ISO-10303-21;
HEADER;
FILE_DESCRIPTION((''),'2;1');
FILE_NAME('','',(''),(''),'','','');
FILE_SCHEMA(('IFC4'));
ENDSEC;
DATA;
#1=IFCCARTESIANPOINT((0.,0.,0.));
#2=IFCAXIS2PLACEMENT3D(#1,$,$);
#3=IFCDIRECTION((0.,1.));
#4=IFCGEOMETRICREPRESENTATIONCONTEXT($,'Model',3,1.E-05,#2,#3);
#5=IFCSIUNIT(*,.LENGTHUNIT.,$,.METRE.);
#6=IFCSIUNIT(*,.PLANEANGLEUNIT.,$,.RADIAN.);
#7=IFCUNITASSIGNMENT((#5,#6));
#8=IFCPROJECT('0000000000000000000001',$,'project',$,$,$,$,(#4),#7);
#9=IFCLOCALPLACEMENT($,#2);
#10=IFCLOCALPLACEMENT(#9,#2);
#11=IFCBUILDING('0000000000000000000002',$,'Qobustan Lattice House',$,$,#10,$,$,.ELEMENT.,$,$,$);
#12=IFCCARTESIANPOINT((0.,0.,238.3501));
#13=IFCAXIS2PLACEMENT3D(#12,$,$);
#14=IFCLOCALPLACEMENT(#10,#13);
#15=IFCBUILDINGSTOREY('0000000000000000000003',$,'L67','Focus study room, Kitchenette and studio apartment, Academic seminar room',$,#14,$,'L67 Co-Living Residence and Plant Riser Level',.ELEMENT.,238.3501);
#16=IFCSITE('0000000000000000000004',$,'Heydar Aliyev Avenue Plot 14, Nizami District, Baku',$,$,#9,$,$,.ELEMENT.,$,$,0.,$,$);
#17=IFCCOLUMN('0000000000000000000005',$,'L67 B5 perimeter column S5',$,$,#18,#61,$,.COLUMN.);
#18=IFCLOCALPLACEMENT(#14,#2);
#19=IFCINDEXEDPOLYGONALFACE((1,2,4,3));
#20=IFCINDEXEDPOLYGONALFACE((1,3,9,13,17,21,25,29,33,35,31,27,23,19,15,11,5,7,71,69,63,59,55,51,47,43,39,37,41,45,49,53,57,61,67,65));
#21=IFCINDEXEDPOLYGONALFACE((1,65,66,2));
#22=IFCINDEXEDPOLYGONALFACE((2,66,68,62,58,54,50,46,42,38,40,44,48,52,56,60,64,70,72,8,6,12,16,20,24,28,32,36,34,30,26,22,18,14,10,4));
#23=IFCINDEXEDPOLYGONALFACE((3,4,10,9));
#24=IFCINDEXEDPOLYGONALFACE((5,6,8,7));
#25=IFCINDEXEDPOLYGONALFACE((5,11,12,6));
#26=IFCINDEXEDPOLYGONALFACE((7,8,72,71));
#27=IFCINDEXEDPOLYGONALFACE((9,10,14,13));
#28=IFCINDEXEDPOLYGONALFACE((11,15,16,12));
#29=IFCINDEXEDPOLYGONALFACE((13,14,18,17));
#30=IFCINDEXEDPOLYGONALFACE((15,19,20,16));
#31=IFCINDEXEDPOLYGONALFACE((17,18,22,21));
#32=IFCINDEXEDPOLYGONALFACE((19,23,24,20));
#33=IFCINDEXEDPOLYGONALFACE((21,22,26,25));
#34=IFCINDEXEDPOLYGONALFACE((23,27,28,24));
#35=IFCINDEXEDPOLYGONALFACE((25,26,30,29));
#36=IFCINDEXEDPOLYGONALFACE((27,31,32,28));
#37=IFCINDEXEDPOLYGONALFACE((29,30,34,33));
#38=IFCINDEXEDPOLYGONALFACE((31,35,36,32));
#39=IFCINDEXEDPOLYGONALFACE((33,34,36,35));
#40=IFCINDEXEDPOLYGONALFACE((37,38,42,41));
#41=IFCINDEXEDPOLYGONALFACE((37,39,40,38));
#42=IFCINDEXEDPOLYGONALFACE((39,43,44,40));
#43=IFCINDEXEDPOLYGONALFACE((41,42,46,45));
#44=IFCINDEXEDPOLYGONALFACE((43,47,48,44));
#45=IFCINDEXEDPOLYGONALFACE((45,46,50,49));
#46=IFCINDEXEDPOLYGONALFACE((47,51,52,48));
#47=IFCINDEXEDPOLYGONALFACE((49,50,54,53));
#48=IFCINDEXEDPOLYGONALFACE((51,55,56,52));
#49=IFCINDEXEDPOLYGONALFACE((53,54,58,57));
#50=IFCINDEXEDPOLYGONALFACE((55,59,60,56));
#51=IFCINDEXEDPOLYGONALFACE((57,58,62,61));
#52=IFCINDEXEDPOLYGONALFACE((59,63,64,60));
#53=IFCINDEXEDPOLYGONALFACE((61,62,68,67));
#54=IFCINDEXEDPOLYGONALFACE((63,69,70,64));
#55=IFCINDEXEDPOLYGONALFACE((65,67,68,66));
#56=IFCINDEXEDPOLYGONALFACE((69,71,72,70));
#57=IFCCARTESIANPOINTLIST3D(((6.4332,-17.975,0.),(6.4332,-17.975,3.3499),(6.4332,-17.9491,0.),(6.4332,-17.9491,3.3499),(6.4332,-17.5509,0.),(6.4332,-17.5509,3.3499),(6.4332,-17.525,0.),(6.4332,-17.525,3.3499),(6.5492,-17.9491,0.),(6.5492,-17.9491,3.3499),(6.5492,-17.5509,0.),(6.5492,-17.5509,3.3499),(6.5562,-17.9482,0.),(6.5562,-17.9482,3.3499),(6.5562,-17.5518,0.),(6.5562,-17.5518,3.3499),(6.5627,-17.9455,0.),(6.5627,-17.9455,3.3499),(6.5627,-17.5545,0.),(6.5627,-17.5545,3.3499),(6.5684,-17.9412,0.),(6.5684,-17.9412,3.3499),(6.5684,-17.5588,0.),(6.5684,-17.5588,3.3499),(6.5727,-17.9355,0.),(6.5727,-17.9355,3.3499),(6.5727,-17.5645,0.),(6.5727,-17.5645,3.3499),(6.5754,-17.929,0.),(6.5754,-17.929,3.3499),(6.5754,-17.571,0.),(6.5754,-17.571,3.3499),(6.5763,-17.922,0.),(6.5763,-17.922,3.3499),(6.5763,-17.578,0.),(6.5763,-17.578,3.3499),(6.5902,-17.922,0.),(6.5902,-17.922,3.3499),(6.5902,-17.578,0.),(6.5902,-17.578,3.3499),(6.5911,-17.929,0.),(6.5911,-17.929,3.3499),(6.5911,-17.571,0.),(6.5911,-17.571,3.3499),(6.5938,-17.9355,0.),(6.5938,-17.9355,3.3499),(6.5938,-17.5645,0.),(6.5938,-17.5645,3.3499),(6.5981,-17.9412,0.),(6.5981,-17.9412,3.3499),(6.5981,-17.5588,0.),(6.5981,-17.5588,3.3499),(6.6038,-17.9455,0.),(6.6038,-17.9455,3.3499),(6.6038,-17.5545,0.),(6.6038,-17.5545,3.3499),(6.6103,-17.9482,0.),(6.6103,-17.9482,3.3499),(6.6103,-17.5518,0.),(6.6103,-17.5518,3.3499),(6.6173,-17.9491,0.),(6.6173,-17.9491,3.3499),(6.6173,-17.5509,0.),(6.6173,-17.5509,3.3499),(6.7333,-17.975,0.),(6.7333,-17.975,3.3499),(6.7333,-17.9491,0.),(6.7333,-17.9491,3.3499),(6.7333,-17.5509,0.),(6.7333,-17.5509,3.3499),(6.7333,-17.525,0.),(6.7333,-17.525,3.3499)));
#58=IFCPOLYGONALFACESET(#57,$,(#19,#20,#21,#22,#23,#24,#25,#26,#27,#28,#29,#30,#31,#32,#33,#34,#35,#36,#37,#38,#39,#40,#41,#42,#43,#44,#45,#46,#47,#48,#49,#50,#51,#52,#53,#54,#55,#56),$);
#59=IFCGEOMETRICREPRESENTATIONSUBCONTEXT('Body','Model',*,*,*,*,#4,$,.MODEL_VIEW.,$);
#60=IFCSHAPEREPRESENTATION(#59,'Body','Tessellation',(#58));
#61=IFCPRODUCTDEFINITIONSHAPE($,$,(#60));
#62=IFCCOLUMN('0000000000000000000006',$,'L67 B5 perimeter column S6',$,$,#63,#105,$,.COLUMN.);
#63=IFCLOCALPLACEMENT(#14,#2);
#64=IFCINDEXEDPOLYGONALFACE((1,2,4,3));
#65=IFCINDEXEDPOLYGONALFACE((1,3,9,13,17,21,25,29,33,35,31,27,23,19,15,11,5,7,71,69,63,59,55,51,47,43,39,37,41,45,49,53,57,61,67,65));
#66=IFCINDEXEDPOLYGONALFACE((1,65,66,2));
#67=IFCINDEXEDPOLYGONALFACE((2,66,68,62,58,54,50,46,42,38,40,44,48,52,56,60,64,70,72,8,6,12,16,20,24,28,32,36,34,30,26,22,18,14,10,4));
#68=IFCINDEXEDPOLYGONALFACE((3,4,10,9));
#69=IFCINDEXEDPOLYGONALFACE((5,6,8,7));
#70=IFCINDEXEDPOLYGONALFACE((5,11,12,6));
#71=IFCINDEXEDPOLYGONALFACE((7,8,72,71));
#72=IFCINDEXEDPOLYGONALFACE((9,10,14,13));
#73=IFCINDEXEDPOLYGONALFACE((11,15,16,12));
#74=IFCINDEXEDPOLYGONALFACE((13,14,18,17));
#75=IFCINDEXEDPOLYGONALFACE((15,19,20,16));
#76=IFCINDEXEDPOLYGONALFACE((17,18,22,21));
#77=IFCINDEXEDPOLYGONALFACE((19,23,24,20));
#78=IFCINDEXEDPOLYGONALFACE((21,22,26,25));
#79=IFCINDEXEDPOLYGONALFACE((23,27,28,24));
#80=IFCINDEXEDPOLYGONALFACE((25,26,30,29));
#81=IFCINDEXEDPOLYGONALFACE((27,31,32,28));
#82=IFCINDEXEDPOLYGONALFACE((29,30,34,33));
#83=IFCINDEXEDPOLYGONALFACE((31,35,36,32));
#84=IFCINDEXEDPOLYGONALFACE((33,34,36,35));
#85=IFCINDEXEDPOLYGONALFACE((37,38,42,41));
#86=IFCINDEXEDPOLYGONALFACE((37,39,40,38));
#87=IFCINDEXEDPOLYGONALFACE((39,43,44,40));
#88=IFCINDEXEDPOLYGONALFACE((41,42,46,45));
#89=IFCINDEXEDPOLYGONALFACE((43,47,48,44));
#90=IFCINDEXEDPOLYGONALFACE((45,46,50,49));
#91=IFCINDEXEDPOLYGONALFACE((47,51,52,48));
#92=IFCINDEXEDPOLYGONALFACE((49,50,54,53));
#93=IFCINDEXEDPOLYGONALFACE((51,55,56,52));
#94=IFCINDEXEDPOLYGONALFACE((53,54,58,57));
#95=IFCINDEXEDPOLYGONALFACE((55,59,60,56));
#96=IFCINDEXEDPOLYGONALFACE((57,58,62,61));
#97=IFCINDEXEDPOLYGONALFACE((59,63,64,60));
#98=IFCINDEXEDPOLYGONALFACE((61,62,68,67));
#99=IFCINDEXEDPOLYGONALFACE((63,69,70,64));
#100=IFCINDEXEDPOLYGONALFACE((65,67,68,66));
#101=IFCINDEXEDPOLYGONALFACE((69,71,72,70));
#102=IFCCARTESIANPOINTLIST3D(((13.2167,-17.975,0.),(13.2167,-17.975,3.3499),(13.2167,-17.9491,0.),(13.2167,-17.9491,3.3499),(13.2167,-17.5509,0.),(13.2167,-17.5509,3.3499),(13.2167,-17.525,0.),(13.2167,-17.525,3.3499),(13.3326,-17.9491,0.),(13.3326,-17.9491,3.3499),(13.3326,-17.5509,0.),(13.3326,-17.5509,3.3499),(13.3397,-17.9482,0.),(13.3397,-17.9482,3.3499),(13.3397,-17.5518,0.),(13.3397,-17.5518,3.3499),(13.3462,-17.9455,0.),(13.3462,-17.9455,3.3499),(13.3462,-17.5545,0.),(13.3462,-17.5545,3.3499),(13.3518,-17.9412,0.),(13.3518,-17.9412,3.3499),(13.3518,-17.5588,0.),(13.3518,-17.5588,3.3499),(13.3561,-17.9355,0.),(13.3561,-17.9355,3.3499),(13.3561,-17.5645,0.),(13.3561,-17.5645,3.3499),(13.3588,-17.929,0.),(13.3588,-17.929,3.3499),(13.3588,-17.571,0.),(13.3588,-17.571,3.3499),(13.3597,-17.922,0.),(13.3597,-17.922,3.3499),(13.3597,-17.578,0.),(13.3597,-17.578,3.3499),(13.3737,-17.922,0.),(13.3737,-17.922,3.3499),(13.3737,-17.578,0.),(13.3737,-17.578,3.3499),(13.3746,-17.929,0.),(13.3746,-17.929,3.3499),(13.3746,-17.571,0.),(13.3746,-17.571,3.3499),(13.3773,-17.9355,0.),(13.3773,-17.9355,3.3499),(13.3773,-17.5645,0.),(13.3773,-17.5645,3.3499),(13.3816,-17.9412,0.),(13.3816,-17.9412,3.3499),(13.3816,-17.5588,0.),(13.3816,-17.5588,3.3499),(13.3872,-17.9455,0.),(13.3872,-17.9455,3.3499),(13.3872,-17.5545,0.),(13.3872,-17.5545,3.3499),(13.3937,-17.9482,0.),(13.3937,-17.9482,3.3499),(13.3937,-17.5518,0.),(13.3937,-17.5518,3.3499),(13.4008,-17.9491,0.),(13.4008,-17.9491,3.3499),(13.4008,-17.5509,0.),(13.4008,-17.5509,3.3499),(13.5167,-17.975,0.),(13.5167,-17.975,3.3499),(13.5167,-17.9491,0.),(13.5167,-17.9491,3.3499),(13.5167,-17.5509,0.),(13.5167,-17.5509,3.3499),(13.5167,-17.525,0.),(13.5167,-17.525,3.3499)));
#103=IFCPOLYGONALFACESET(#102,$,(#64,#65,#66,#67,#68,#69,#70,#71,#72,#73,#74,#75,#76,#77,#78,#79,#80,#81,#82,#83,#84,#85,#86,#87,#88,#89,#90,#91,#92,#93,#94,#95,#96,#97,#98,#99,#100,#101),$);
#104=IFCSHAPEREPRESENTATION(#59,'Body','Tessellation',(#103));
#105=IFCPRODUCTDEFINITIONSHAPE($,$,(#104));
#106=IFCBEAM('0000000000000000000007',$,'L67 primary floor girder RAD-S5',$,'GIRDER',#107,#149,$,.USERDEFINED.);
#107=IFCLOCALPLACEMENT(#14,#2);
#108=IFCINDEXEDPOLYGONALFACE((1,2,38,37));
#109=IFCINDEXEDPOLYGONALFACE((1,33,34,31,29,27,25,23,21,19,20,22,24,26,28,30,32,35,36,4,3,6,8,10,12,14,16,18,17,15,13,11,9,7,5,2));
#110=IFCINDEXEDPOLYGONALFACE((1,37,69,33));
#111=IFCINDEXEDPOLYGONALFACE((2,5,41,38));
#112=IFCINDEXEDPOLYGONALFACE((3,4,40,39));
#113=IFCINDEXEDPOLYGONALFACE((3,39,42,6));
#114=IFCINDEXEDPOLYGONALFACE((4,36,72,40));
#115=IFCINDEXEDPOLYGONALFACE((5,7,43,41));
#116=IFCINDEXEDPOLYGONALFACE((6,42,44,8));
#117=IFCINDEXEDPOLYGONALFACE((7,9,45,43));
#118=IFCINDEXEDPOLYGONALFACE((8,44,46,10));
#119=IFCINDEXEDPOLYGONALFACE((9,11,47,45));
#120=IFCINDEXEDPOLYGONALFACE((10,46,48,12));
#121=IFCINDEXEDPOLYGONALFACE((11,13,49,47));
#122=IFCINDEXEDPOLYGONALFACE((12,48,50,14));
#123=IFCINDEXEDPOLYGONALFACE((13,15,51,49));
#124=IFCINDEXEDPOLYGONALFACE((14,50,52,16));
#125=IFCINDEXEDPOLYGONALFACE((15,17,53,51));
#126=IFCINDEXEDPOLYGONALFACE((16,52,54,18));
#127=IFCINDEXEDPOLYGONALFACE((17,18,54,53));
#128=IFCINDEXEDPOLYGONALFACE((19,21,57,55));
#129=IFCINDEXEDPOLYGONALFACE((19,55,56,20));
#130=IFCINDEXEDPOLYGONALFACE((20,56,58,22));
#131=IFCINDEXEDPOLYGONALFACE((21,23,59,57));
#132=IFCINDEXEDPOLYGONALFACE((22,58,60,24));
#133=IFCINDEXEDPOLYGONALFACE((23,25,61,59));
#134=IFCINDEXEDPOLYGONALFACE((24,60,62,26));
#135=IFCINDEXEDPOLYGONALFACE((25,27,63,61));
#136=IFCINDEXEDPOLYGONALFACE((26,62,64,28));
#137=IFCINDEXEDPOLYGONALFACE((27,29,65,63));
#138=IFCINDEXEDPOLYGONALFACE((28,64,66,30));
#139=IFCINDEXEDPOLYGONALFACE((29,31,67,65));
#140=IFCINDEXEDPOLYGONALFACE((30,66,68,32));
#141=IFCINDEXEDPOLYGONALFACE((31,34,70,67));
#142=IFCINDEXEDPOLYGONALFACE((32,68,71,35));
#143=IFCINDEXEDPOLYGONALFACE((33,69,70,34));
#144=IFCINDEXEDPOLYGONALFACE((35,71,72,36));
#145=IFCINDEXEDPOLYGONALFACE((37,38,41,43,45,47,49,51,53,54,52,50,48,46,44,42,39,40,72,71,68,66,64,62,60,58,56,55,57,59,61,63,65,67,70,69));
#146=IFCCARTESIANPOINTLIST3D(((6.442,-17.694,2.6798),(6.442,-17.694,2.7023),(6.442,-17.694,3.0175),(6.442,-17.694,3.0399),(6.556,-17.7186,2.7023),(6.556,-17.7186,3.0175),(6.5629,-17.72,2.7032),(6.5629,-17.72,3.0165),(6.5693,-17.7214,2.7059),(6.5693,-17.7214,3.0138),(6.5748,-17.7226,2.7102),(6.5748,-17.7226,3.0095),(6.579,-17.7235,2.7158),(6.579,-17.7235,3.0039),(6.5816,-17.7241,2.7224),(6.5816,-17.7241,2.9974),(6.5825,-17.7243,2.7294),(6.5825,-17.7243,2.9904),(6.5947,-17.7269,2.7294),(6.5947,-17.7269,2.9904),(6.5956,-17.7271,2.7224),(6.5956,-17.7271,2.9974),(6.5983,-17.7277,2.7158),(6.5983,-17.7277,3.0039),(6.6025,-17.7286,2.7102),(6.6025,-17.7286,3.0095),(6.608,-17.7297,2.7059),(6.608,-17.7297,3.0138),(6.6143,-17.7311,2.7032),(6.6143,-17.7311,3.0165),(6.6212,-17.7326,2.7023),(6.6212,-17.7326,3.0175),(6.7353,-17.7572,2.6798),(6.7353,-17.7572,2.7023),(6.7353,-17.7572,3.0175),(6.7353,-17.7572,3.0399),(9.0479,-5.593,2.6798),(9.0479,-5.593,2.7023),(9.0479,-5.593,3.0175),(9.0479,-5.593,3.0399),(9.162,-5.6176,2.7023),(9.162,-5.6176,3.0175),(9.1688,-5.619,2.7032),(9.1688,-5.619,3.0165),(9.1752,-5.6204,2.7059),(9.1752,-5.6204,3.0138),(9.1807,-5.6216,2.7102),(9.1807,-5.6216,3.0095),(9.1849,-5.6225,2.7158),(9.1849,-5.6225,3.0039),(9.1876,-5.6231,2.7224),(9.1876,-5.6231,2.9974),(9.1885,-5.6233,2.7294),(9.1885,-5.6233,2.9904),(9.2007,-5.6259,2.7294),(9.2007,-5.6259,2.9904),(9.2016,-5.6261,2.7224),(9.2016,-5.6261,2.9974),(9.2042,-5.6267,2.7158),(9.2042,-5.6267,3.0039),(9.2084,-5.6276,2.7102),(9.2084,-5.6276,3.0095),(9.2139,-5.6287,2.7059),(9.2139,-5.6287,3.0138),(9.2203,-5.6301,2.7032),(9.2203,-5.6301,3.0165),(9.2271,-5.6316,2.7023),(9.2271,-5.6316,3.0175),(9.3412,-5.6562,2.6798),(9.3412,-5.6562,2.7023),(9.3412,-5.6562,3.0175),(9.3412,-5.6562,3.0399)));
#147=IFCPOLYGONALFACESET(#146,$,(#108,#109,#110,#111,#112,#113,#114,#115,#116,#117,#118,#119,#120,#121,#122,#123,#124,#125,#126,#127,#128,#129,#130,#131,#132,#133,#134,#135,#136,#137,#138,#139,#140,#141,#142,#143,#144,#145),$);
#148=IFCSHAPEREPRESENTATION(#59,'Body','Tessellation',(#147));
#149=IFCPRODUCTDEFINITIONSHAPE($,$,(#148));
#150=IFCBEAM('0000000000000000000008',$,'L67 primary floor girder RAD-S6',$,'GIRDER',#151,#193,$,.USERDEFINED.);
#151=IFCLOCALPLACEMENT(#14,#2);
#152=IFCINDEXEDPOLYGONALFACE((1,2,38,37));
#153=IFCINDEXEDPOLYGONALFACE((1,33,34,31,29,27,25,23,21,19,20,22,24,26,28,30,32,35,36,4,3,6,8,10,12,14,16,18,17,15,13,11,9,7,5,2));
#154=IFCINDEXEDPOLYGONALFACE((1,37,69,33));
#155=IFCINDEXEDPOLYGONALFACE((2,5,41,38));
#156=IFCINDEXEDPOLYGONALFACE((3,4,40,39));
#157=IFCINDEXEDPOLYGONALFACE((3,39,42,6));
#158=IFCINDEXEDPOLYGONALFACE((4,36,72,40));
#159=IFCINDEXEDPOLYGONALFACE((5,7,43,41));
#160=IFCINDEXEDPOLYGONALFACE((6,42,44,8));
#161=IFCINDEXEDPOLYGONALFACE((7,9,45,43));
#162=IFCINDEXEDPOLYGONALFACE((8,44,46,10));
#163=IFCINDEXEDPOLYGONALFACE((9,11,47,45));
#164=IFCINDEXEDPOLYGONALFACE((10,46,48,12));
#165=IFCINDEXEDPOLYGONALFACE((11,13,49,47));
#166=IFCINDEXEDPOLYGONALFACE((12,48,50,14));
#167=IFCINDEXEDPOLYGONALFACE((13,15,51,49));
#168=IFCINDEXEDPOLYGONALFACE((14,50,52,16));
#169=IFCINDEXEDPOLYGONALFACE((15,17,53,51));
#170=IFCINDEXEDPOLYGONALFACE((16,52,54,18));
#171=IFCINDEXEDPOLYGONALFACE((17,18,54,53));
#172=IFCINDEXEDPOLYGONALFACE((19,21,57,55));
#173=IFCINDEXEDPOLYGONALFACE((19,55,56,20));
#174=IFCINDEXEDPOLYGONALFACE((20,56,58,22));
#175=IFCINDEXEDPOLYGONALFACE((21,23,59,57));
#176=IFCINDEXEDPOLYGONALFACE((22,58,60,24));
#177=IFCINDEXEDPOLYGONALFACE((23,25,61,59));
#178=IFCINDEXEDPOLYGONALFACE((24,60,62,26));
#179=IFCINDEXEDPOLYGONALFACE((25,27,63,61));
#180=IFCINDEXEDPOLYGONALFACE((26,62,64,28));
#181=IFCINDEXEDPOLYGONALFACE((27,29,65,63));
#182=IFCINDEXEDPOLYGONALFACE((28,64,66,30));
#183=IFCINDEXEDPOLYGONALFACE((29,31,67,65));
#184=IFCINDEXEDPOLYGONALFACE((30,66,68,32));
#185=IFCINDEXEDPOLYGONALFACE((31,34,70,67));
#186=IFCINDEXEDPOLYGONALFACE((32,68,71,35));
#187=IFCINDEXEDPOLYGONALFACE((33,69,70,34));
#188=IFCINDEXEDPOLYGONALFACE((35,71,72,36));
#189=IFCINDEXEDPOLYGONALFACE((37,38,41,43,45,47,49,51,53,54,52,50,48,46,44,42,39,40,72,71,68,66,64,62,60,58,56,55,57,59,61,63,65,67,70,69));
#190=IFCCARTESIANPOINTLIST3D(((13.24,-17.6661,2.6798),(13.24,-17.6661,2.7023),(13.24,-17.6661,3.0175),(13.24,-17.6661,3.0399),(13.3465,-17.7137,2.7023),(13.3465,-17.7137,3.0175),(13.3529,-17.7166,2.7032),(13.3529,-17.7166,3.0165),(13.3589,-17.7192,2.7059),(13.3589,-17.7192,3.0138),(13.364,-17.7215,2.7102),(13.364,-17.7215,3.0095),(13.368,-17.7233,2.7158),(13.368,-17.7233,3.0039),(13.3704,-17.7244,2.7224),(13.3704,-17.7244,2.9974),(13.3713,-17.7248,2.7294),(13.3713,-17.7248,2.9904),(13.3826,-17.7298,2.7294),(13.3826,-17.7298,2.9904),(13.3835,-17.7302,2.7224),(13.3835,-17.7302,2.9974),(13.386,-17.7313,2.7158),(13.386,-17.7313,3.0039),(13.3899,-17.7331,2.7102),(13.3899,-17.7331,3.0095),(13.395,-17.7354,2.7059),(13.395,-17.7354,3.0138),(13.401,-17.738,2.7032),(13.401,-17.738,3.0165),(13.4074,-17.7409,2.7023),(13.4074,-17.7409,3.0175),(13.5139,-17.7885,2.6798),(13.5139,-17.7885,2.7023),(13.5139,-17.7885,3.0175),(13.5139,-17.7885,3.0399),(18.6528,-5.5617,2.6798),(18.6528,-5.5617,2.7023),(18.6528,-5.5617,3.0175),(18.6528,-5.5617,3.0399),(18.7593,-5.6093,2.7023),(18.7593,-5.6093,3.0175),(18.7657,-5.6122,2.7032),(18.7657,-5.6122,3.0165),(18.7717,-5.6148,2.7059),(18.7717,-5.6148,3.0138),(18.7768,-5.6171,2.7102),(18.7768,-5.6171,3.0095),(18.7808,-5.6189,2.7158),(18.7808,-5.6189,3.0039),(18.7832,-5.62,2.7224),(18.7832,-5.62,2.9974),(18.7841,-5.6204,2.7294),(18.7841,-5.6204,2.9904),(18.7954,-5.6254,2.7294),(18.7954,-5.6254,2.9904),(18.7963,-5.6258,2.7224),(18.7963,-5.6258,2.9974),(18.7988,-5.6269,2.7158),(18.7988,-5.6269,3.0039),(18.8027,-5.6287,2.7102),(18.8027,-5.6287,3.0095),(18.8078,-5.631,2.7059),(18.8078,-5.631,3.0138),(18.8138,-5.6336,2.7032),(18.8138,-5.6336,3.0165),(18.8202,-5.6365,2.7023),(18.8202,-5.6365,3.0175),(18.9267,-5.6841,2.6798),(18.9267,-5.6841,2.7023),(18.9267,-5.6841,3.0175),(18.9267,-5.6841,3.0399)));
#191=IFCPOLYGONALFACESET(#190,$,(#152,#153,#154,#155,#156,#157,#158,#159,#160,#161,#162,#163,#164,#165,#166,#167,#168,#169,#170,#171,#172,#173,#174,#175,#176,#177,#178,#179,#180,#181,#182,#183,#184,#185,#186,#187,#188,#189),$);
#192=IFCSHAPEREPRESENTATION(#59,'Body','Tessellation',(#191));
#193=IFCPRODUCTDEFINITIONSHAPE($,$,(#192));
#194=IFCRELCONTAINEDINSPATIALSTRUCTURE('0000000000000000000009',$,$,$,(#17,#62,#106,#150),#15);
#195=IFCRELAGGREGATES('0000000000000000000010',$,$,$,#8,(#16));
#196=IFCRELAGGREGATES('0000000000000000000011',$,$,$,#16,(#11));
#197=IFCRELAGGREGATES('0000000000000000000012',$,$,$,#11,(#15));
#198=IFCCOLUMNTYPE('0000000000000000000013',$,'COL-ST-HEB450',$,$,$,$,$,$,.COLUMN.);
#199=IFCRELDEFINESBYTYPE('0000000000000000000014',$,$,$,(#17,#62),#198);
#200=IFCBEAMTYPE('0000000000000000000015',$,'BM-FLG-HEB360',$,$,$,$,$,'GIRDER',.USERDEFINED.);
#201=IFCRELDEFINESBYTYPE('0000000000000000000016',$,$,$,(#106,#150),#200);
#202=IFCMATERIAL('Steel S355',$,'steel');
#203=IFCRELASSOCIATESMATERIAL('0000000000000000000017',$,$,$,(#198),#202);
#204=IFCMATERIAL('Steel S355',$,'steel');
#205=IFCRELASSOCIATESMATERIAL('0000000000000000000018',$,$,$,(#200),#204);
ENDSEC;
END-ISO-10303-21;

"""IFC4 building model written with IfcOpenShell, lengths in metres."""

from ifc_helpers import new_model, si_unit, direction, frame, origin, origin_2d, place, context, subcontext, project, spatial, i_section, extrude, material, material_profile, profile_set, type_object, element, save


model = new_model("IFC4")

# Units and contexts
model_context = context("Model", 3, precision=1e-05, world=origin(), true_north=direction((0.0, 1.0)))
body_context = subcontext(model_context, "Body", "Model", "MODEL_VIEW")
ifc_project = project(units=[si_unit("LENGTHUNIT", "METRE"), si_unit("PLANEANGLEUNIT", "RADIAN")], contexts=[model_context])

# Site, building, storey
site_placement = place(None, origin())
site = spatial("IfcSite", under=ifc_project, at=site_placement, Name="Heydar Aliyev Avenue Plot 14, Nizami District, Baku", CompositionType="ELEMENT", RefElevation=0.0)
building_placement = place(site_placement, origin())
building = spatial("IfcBuilding", under=site, at=building_placement, Name="Qobustan Lattice House", CompositionType="ELEMENT")
storey_placement = place(building_placement, frame((0.0, 0.0, 238.3501)))
storey = spatial("IfcBuildingStorey", under=building, at=storey_placement, Name="L67", Description="Focus study room, Kitchenette and studio apartment, Academic seminar room", LongName="L67 Co-Living Residence and Plant Riser Level", CompositionType="ELEMENT", Elevation=238.3501)

# Columns
ifc_material_1 = material(Name="Steel S355", Category="steel")
ifc_material_profile_1 = material_profile(ifc_material_1, i_section(OverallWidth=0.3, OverallDepth=0.45, WebThickness=0.0139, FlangeThickness=0.0259, FilletRadius=0.0271, at=origin_2d()), Name="HEB450")
ifc_profile_set_1 = profile_set([ifc_material_profile_1], Name="Steel S355")
column_type = type_object("IfcColumnType", Name="COL-ST-HEB450", PredefinedType="COLUMN", material=ifc_profile_set_1)
for number, where, z_axis, x_axis, name in (
    (1, (6.5833, -17.75, 0.0), (0.0, 0.0, 1.0), (1.0, 0.0, 0.0), "L67 B5 perimeter column S5"),
    (2, (13.3667, -17.75, 0.0), (0.0, 0.0, 1.0), (1.0, 0.0, 0.0), "L67 B5 perimeter column S6"),
):
    element("IfcColumn", number, at=place(storey_placement, frame(where, z_axis=z_axis, x_axis=x_axis)), inside=storey, type_object=column_type, Name=name, PredefinedType="COLUMN", context=body_context, shape_type="SweptSolid", body=[
        extrude(i_section(OverallWidth=0.3, OverallDepth=0.45, WebThickness=0.0139, FlangeThickness=0.0259, FilletRadius=0.0271, at=origin_2d()), origin(), (0.0, 0.0, 1.0), 3.3499),
    ])

# Beams
ifc_material_2 = material(Name="Steel S355", Category="steel")
ifc_material_profile_2 = material_profile(ifc_material_2, i_section(OverallWidth=0.3, OverallDepth=0.3601, WebThickness=0.0125, FlangeThickness=0.0225, FilletRadius=0.0271, at=origin_2d()), Name="HEB360")
ifc_profile_set_2 = profile_set([ifc_material_profile_2], Name="Steel S355")
beam_type_1 = type_object("IfcBeamType", Name="BM-FLG-HEB360", ElementType="GIRDER", PredefinedType="USERDEFINED", material=ifc_profile_set_2)
beam_1_placement = place(storey_placement, frame((6.5886, -17.7256, 2.8599), z_axis=(0.210523, 0.977589, 0.0), x_axis=(-0.977589, 0.210523, 0.0)))
element("IfcBeam", 3, at=beam_1_placement, inside=storey, type_object=beam_type_1, Name="L67 primary floor girder RAD-S5", ObjectType="GIRDER", PredefinedType="USERDEFINED", context=body_context, shape_type="SweptSolid", body=[
    extrude(i_section(OverallWidth=0.3, OverallDepth=0.3601, WebThickness=0.0125, FlangeThickness=0.0225, FilletRadius=0.0271, at=origin_2d()), origin(), (0.0, 0.0, 1.0), 12.3784),
])
beam_2_placement = place(storey_placement, frame((13.377, -17.7273, 2.8599), z_axis=(0.40822, 0.912884, 0.0), x_axis=(-0.912884, 0.40822, 0.0)))
element("IfcBeam", 4, at=beam_2_placement, inside=storey, type_object=beam_type_1, Name="L67 primary floor girder RAD-S6", ObjectType="GIRDER", PredefinedType="USERDEFINED", context=body_context, shape_type="SweptSolid", body=[
    extrude(i_section(OverallWidth=0.3, OverallDepth=0.3601, WebThickness=0.0125, FlangeThickness=0.0225, FilletRadius=0.0271, at=origin_2d()), origin(), (0.0, 0.0, 1.0), 13.2595),
])

save(model, "model.ifc")
